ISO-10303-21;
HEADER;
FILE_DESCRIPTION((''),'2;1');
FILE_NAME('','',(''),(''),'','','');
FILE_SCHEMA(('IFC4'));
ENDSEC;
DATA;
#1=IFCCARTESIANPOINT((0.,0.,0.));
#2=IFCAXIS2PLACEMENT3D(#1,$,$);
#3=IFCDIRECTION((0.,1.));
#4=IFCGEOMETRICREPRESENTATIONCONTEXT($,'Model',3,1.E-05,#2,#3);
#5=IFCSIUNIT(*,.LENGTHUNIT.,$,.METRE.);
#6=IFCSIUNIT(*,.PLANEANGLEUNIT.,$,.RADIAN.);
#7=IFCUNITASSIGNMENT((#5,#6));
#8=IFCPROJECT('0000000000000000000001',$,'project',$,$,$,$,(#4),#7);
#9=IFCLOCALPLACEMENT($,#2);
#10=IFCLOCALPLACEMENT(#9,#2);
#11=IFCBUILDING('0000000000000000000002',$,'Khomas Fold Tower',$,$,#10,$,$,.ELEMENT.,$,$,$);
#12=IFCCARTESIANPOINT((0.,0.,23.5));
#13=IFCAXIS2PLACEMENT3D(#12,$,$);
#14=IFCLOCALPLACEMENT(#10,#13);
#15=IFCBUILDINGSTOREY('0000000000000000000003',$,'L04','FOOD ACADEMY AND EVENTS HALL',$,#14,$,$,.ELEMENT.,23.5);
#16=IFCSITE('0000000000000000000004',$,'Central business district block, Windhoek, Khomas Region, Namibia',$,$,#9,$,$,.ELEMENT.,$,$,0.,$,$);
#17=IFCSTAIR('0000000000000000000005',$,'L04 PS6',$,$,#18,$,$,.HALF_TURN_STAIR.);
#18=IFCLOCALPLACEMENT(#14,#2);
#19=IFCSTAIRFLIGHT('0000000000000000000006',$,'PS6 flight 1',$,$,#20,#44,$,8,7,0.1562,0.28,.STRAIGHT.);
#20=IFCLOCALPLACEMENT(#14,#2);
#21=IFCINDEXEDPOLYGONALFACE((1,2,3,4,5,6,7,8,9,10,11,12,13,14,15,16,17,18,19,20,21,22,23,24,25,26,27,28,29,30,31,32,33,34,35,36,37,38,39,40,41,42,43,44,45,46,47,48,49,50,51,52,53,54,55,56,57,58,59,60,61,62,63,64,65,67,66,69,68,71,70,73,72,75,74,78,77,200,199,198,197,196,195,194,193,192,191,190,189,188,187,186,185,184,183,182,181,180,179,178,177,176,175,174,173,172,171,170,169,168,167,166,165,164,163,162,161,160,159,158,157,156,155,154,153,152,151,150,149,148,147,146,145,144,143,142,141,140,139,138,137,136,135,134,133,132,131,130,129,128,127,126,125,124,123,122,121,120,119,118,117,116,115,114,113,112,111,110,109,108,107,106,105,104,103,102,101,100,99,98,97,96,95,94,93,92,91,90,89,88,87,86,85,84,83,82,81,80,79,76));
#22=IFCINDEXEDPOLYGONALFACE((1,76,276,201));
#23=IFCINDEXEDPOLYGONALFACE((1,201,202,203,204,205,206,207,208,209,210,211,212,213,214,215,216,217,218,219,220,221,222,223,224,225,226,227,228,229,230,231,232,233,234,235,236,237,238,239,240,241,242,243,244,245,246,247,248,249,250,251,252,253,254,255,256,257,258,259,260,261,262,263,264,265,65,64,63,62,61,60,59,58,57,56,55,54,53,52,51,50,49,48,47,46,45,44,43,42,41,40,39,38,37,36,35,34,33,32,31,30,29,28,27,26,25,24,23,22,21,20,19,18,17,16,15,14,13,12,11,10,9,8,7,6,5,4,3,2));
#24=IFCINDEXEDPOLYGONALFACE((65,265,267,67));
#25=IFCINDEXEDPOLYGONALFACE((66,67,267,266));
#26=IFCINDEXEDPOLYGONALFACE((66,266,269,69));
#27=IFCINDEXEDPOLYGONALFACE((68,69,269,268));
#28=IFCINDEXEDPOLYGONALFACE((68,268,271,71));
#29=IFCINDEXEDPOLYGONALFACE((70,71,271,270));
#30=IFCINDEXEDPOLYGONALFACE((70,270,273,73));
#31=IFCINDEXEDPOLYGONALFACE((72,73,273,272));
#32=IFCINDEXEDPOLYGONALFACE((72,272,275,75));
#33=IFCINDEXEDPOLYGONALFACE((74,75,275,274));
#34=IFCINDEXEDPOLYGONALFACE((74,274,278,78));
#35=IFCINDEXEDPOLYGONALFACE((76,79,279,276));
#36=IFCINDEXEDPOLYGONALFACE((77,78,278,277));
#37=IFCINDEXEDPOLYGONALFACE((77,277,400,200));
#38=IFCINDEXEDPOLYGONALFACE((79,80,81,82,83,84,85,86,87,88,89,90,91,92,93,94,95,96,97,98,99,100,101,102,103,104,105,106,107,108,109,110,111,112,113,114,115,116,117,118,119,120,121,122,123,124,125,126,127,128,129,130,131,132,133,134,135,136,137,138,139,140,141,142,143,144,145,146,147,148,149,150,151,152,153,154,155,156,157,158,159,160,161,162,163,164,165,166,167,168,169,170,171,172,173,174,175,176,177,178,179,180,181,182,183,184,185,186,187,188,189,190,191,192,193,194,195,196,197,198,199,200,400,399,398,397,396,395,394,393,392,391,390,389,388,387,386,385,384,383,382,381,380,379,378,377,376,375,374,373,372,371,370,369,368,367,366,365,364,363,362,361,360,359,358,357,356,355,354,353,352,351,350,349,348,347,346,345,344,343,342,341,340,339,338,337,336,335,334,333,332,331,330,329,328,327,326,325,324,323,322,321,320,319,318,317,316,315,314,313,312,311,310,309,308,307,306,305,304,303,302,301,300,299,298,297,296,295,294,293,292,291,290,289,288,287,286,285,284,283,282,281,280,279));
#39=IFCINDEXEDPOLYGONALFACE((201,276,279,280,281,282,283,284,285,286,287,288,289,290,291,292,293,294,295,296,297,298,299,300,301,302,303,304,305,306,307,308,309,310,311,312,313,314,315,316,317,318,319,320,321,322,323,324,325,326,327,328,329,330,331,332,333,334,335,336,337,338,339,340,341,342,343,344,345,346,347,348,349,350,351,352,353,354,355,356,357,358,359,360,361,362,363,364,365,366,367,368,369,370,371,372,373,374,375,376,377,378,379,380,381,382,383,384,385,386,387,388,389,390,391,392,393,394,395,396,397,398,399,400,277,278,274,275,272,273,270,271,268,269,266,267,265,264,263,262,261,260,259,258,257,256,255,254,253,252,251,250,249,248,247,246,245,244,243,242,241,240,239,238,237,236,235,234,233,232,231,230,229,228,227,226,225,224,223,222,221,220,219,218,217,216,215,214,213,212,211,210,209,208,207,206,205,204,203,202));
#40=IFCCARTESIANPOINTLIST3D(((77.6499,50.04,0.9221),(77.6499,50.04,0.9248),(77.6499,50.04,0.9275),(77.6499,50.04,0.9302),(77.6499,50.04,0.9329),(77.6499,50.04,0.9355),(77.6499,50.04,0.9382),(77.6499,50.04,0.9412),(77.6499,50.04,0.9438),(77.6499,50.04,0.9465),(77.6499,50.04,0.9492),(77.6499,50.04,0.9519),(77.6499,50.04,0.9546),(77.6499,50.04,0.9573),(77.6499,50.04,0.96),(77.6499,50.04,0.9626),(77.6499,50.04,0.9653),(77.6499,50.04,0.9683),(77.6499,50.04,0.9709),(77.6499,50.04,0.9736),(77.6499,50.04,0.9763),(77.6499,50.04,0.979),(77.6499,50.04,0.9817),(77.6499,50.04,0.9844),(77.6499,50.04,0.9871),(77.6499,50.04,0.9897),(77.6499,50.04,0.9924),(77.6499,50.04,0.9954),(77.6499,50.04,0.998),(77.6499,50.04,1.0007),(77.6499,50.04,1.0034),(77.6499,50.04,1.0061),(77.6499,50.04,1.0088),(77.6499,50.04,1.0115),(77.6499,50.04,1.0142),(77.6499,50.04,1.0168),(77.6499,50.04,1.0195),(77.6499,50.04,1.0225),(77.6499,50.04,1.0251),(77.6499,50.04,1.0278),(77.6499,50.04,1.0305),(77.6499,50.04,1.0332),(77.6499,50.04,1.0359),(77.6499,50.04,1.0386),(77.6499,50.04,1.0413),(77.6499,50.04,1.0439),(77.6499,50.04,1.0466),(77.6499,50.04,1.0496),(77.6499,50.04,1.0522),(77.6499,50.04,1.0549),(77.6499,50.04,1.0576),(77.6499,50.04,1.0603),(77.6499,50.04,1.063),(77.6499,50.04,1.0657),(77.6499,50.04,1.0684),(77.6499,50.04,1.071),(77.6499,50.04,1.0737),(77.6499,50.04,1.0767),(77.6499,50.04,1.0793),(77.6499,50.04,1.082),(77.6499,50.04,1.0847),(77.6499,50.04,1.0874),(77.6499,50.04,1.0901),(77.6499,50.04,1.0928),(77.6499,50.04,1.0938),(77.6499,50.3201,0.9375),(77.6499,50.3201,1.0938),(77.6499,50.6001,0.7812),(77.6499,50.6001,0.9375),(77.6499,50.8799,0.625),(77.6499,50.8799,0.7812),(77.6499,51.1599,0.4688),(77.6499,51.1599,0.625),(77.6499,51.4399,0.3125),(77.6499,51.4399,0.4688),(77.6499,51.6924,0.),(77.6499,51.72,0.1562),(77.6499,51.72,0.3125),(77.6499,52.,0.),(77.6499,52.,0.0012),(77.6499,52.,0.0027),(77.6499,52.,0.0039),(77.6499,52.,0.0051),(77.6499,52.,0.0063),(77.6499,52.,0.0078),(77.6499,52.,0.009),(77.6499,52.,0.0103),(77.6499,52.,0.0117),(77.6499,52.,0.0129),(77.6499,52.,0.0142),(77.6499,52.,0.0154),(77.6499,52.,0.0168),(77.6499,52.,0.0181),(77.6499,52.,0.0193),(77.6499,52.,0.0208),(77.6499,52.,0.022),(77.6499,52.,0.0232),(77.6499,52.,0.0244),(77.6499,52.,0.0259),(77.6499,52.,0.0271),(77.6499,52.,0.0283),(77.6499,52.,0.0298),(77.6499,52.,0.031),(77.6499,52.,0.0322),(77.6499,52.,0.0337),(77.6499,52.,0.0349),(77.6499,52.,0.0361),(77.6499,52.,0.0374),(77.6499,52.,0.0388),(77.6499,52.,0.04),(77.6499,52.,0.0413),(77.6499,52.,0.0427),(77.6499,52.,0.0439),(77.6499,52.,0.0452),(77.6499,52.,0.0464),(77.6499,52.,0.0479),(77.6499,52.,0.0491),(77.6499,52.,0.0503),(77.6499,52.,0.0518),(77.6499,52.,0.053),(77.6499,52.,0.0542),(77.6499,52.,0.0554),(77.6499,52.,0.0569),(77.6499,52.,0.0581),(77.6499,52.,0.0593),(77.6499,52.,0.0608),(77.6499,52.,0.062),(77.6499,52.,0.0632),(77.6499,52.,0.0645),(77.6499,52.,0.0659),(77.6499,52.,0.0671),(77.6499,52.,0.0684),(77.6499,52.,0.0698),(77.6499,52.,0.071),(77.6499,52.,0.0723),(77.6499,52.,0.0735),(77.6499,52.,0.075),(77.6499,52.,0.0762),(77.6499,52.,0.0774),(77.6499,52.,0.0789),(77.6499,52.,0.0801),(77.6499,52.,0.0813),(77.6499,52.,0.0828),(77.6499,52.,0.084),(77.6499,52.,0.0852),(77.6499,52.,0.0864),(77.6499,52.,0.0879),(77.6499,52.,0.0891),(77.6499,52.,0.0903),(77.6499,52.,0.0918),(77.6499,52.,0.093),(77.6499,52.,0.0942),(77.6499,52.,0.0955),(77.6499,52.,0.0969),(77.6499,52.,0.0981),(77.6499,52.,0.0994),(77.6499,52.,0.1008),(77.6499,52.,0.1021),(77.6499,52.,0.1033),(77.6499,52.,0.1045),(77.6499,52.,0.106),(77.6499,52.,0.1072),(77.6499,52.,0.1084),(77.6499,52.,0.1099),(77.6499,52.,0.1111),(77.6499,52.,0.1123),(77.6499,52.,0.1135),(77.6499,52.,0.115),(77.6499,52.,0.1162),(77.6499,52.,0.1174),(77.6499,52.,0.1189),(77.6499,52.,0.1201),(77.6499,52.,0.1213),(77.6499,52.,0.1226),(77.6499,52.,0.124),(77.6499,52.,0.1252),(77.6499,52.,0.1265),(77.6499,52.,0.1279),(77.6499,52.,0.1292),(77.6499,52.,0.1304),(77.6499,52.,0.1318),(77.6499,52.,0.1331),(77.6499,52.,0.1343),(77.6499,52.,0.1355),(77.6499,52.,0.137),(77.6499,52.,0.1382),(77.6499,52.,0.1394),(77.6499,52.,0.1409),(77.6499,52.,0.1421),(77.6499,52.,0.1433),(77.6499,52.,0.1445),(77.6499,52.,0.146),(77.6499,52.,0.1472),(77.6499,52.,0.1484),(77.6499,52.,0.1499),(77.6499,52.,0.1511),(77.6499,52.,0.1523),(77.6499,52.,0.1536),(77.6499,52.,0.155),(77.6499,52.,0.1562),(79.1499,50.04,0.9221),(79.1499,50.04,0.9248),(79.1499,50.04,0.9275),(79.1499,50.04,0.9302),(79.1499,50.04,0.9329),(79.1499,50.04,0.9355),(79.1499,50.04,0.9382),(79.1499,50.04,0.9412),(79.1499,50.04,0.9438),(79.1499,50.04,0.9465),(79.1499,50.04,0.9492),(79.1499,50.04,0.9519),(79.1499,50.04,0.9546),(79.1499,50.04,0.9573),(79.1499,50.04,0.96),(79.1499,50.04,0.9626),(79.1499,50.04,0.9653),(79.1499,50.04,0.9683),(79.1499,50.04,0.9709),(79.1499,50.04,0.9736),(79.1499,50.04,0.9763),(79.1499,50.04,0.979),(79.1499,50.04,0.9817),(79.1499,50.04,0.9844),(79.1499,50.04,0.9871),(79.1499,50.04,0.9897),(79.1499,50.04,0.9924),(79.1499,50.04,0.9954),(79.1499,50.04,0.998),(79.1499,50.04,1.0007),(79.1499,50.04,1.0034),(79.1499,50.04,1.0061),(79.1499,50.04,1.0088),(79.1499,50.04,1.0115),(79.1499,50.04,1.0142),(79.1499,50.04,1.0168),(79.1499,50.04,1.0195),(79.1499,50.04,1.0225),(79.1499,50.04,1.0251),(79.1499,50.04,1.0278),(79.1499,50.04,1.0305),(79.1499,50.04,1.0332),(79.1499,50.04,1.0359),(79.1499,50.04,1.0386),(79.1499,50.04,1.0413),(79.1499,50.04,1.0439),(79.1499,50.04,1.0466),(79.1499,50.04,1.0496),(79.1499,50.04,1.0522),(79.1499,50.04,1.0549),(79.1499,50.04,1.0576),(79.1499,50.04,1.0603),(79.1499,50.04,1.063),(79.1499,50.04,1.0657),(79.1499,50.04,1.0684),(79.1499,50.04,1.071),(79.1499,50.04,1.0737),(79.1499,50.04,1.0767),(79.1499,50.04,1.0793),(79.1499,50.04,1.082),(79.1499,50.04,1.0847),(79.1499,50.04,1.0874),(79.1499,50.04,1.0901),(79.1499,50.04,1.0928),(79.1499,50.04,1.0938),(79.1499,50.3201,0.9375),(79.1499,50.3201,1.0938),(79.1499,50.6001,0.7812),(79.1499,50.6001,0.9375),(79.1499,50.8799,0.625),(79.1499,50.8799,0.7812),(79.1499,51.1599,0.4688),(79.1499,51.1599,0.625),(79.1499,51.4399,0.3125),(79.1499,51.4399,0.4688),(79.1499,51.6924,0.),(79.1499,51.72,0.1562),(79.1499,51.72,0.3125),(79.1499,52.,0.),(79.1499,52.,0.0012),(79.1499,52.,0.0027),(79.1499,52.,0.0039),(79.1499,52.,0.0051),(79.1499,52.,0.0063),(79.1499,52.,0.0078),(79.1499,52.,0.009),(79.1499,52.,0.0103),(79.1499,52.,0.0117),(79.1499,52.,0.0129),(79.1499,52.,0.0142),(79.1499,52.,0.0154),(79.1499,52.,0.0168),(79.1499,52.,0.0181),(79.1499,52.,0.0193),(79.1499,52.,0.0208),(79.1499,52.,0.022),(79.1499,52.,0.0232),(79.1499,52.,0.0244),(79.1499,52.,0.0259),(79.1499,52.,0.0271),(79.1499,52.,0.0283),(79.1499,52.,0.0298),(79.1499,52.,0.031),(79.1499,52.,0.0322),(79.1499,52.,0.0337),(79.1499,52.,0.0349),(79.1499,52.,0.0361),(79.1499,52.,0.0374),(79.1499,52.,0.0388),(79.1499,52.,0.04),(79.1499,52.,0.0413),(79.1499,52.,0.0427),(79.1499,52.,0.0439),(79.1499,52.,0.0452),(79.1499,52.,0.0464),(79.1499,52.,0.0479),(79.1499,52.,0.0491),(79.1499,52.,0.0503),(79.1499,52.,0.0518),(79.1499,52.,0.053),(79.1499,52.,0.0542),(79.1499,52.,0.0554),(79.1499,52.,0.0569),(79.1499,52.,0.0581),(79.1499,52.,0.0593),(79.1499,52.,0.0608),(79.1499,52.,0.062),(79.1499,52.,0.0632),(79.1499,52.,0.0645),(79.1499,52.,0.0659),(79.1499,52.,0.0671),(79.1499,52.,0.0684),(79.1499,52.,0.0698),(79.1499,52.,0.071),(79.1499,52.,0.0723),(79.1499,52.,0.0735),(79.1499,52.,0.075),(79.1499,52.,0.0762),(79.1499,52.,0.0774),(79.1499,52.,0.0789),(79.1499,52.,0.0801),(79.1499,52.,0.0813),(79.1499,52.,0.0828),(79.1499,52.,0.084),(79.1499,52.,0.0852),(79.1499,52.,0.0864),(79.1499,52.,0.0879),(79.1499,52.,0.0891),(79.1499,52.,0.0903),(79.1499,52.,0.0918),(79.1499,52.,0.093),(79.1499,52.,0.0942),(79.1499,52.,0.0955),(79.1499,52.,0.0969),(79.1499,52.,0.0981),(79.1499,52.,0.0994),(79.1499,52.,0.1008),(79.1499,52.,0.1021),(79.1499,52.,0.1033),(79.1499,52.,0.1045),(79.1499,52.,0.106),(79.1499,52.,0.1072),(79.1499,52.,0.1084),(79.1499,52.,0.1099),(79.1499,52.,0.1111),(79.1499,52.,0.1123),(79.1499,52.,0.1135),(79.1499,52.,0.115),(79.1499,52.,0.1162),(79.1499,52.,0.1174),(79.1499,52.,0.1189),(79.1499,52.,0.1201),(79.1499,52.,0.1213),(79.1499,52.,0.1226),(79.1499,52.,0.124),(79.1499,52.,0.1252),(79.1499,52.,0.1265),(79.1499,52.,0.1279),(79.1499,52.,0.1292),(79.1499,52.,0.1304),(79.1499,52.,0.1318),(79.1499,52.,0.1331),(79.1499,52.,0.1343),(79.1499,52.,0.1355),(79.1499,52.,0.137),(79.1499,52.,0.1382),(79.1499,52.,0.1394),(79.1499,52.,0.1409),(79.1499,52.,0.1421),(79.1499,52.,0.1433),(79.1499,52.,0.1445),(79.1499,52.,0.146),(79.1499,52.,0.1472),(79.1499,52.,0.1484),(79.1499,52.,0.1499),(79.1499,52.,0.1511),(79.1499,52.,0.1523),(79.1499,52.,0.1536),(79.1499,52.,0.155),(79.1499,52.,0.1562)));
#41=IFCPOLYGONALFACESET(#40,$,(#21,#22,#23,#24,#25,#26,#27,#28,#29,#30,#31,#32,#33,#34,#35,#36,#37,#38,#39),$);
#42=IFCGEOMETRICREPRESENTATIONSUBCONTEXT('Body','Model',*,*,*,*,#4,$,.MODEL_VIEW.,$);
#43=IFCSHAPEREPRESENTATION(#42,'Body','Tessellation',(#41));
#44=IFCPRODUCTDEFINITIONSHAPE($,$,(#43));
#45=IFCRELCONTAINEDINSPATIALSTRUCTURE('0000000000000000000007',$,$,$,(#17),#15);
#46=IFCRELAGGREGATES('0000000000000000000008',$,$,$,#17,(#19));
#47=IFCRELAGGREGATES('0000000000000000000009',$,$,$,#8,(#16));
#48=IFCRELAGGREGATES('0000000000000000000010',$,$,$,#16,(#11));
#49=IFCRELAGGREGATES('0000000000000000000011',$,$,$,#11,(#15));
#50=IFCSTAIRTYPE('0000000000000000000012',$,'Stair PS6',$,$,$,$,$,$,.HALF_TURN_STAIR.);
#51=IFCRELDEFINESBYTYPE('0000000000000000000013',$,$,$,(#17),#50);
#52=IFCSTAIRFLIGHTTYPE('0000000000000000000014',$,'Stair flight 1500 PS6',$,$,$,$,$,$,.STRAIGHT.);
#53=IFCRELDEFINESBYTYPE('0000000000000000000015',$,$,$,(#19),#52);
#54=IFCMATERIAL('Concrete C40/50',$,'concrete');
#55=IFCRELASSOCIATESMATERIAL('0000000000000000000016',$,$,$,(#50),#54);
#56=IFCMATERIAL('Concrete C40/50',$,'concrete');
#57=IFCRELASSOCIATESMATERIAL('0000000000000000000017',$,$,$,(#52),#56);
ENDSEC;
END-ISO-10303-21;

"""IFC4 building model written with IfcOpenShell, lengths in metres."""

from ifc_helpers import new_model, si_unit, direction, frame, origin, place, context, subcontext, project, spatial, polyline, outline, extrude, source, transform, mapped, material, type_object, element, aggregate, save


model = new_model("IFC4")

# Units and contexts
model_context = context("Model", 3, precision=1e-05, world=origin(), true_north=direction((0.0, 1.0)))
body_context = subcontext(model_context, "Body", "Model", "MODEL_VIEW")
ifc_project = project(units=[si_unit("LENGTHUNIT", "METRE"), si_unit("PLANEANGLEUNIT", "RADIAN")], contexts=[model_context])

# Site, building, storey
site_placement = place(None, origin())
site = spatial("IfcSite", under=ifc_project, at=site_placement, Name="Central business district block, Windhoek, Khomas Region, Namibia", CompositionType="ELEMENT", RefElevation=0.0)
building_placement = place(site_placement, origin())
building = spatial("IfcBuilding", under=site, at=building_placement, Name="Khomas Fold Tower", CompositionType="ELEMENT")
storey_placement = place(building_placement, frame((0.0, 0.0, 23.5)))
storey = spatial("IfcBuildingStorey", under=building, at=storey_placement, Name="L04", Description="FOOD ACADEMY AND EVENTS HALL", CompositionType="ELEMENT", Elevation=23.5)

# Stair, stair flight
shared_shape_1 = source(origin(), body_context, "Body", "SweptSolid", [
    extrude(outline(polyline([(0.0, 0.0), (0.0, 0.0012), (0.0, 0.0027), (0.0, 0.0039), (0.0, 0.0051), (0.0, 0.0063), (0.0, 0.0078), (0.0, 0.009), (0.0, 0.0103), (0.0, 0.0117), (0.0, 0.0129), (0.0, 0.0142), (0.0, 0.0154), (0.0, 0.0168), (0.0, 0.0181), (0.0, 0.0193), (0.0, 0.0208), (0.0, 0.022), (0.0, 0.0232), (0.0, 0.0244), (0.0, 0.0259), (0.0, 0.0271), (0.0, 0.0283), (0.0, 0.0298), (0.0, 0.031), (0.0, 0.0322), (0.0, 0.0337), (0.0, 0.0349), (0.0, 0.0361), (0.0, 0.0374), (0.0, 0.0388), (0.0, 0.04), (0.0, 0.0413), (0.0, 0.0427), (0.0, 0.0439), (0.0, 0.0452), (0.0, 0.0464), (0.0, 0.0479), (0.0, 0.0491), (0.0, 0.0503), (0.0, 0.0518), (0.0, 0.053), (0.0, 0.0542), (0.0, 0.0554), (0.0, 0.0569), (0.0, 0.0581), (0.0, 0.0593), (0.0, 0.0608), (0.0, 0.062), (0.0, 0.0632), (0.0, 0.0645), (0.0, 0.0659), (0.0, 0.0671), (0.0, 0.0684), (0.0, 0.0698), (0.0, 0.071), (0.0, 0.0723), (0.0, 0.0735), (0.0, 0.075), (0.0, 0.0762), (0.0, 0.0774), (0.0, 0.0789), (0.0, 0.0801), (0.0, 0.0813), (0.0, 0.0828), (0.0, 0.084), (0.0, 0.0852), (0.0, 0.0864), (0.0, 0.0879), (0.0, 0.0891), (0.0, 0.0903), (0.0, 0.0918), (0.0, 0.093), (0.0, 0.0942), (0.0, 0.0955), (0.0, 0.0969), (0.0, 0.0981), (0.0, 0.0994), (0.0, 0.1008), (0.0, 0.1021), (0.0, 0.1033), (0.0, 0.1045), (0.0, 0.106), (0.0, 0.1072), (0.0, 0.1084), (0.0, 0.1099), (0.0, 0.1111), (0.0, 0.1123), (0.0, 0.1135), (0.0, 0.115), (0.0, 0.1162), (0.0, 0.1174), (0.0, 0.1189), (0.0, 0.1201), (0.0, 0.1213), (0.0, 0.1226), (0.0, 0.124), (0.0, 0.1252), (0.0, 0.1265), (0.0, 0.1279), (0.0, 0.1292), (0.0, 0.1304), (0.0, 0.1318), (0.0, 0.1331), (0.0, 0.1343), (0.0, 0.1355), (0.0, 0.137), (0.0, 0.1382), (0.0, 0.1394), (0.0, 0.1409), (0.0, 0.1421), (0.0, 0.1433), (0.0, 0.1445), (0.0, 0.146), (0.0, 0.1472), (0.0, 0.1484), (0.0, 0.1499), (0.0, 0.1511), (0.0, 0.1523), (0.0, 0.1536), (0.0, 0.155), (0.0, 0.1562), (0.28, 0.1562), (0.28, 0.3125), (0.5601, 0.3125), (0.5601, 0.4688), (0.8401, 0.4688), (0.8401, 0.625), (1.1201, 0.625), (1.1201, 0.7812), (1.3999, 0.7812), (1.3999, 0.9375), (1.6799, 0.9375), (1.6799, 1.0938), (1.96, 1.0938), (1.96, 1.25), (1.96, 1.2473), (1.96, 1.2446), (1.96, 1.2419), (1.96, 1.2393), (1.96, 1.2363), (1.96, 1.2336), (1.96, 1.231), (1.96, 1.2283), (1.96, 1.2256), (1.96, 1.2229), (1.96, 1.2202), (1.96, 1.2175), (1.96, 1.2148), (1.96, 1.2122), (1.96, 1.2092), (1.96, 1.2065), (1.96, 1.2039), (1.96, 1.2012), (1.96, 1.1985), (1.96, 1.1958), (1.96, 1.1931), (1.96, 1.1904), (1.96, 1.1877), (1.96, 1.1851), (1.96, 1.1821), (1.96, 1.1794), (1.96, 1.1768), (1.96, 1.1741), (1.96, 1.1714), (1.96, 1.1687), (1.96, 1.166), (1.96, 1.1633), (1.96, 1.1606), (1.96, 1.158), (1.96, 1.155), (1.96, 1.1523), (1.96, 1.1497), (1.96, 1.147), (1.96, 1.1443), (1.96, 1.1416), (1.96, 1.1389), (1.96, 1.1362), (1.96, 1.1335), (1.96, 1.1309), (1.96, 1.1279), (1.96, 1.1252), (1.96, 1.1226), (1.96, 1.1199), (1.96, 1.1172), (1.96, 1.1145), (1.96, 1.1118), (1.96, 1.1091), (1.96, 1.1064), (1.96, 1.1038), (1.96, 1.1008), (1.96, 1.0981), (1.96, 1.0955), (1.96, 1.0928), (1.96, 1.0901), (1.96, 1.0874), (1.96, 1.0847), (1.96, 1.082), (1.96, 1.0793), (1.96, 1.0767), (1.96, 1.0737), (1.96, 1.071), (1.96, 1.0684), (1.96, 1.0657), (1.96, 1.063), (1.96, 1.0603), (1.96, 1.0576), (1.96, 1.0549), (1.96, 1.0522), (1.96, 1.0496), (1.96, 1.0466), (1.96, 1.0439), (1.96, 1.0413), (1.96, 1.0386), (1.96, 1.0359), (1.96, 1.0332), (1.96, 1.0305), (1.96, 1.0278), (1.96, 1.0251), (1.96, 1.0225), (1.96, 1.0195), (1.96, 1.0168), (1.96, 1.0142), (1.96, 1.0115), (1.96, 1.0088), (1.96, 1.0061), (1.96, 1.0034), (1.96, 1.0007), (1.96, 0.998), (1.96, 0.9954), (1.96, 0.9924), (1.96, 0.9897), (1.96, 0.9871), (1.96, 0.9844), (1.96, 0.9817), (1.96, 0.979), (1.96, 0.9763), (1.96, 0.9736), (1.96, 0.9709), (1.96, 0.9683), (1.96, 0.9653), (1.96, 0.9626), (1.96, 0.96), (1.96, 0.9573), (1.96, 0.9546), (1.96, 0.9519), (1.96, 0.9492), (1.96, 0.9465), (1.96, 0.9438), (1.96, 0.9412), (1.96, 0.9382), (1.96, 0.9355), (1.96, 0.9329), (1.96, 0.9302), (1.96, 0.9275), (1.96, 0.9248), (1.96, 0.9221), (0.3076, 0.0), (0.0, 0.0)])), frame((0.0, 0.75, 0.0), z_axis=(0.0, -1.0, 0.0), x_axis=(1.0, 0.0, 0.0)), (0.0, 0.0, 1.0), 1.5),
])
ifc_material_1 = material(Name="Concrete C40/50", Category="concrete")
stair_type_1 = type_object("IfcStairType", Name="Stair PS6", PredefinedType="HALF_TURN_STAIR", material=ifc_material_1)
stair_1_placement = place(storey_placement, origin())
stair_1 = element("IfcStair", 1, at=stair_1_placement, inside=storey, type_object=stair_type_1, Name="L04 PS6", PredefinedType="HALF_TURN_STAIR")
ifc_material_2 = material(Name="Concrete C40/50", Category="concrete")
stair_flight_type_1 = type_object("IfcStairFlightType", Name="Stair flight 1500 PS6", PredefinedType="STRAIGHT", material=ifc_material_2)
stair_flight_1_placement = place(storey_placement, frame((78.3999, 52.0, 0.0), z_axis=(0.0, 0.0, 1.0), x_axis=(0.0, -1.0, 0.0)))
stair_flight_1 = element("IfcStairFlight", 2, at=stair_flight_1_placement, type_object=stair_flight_type_1, Name="PS6 flight 1", NumberOfRisers=8, NumberOfTreads=7, PredefinedType="STRAIGHT", RiserHeight=0.1562, TreadLength=0.28, context=body_context, shape_type="MappedRepresentation", body=[
    mapped(shared_shape_1, transform((0.0, 0.0, 0.0))),
])
aggregate(stair_1, [stair_flight_1])

save(model, "model.ifc")
